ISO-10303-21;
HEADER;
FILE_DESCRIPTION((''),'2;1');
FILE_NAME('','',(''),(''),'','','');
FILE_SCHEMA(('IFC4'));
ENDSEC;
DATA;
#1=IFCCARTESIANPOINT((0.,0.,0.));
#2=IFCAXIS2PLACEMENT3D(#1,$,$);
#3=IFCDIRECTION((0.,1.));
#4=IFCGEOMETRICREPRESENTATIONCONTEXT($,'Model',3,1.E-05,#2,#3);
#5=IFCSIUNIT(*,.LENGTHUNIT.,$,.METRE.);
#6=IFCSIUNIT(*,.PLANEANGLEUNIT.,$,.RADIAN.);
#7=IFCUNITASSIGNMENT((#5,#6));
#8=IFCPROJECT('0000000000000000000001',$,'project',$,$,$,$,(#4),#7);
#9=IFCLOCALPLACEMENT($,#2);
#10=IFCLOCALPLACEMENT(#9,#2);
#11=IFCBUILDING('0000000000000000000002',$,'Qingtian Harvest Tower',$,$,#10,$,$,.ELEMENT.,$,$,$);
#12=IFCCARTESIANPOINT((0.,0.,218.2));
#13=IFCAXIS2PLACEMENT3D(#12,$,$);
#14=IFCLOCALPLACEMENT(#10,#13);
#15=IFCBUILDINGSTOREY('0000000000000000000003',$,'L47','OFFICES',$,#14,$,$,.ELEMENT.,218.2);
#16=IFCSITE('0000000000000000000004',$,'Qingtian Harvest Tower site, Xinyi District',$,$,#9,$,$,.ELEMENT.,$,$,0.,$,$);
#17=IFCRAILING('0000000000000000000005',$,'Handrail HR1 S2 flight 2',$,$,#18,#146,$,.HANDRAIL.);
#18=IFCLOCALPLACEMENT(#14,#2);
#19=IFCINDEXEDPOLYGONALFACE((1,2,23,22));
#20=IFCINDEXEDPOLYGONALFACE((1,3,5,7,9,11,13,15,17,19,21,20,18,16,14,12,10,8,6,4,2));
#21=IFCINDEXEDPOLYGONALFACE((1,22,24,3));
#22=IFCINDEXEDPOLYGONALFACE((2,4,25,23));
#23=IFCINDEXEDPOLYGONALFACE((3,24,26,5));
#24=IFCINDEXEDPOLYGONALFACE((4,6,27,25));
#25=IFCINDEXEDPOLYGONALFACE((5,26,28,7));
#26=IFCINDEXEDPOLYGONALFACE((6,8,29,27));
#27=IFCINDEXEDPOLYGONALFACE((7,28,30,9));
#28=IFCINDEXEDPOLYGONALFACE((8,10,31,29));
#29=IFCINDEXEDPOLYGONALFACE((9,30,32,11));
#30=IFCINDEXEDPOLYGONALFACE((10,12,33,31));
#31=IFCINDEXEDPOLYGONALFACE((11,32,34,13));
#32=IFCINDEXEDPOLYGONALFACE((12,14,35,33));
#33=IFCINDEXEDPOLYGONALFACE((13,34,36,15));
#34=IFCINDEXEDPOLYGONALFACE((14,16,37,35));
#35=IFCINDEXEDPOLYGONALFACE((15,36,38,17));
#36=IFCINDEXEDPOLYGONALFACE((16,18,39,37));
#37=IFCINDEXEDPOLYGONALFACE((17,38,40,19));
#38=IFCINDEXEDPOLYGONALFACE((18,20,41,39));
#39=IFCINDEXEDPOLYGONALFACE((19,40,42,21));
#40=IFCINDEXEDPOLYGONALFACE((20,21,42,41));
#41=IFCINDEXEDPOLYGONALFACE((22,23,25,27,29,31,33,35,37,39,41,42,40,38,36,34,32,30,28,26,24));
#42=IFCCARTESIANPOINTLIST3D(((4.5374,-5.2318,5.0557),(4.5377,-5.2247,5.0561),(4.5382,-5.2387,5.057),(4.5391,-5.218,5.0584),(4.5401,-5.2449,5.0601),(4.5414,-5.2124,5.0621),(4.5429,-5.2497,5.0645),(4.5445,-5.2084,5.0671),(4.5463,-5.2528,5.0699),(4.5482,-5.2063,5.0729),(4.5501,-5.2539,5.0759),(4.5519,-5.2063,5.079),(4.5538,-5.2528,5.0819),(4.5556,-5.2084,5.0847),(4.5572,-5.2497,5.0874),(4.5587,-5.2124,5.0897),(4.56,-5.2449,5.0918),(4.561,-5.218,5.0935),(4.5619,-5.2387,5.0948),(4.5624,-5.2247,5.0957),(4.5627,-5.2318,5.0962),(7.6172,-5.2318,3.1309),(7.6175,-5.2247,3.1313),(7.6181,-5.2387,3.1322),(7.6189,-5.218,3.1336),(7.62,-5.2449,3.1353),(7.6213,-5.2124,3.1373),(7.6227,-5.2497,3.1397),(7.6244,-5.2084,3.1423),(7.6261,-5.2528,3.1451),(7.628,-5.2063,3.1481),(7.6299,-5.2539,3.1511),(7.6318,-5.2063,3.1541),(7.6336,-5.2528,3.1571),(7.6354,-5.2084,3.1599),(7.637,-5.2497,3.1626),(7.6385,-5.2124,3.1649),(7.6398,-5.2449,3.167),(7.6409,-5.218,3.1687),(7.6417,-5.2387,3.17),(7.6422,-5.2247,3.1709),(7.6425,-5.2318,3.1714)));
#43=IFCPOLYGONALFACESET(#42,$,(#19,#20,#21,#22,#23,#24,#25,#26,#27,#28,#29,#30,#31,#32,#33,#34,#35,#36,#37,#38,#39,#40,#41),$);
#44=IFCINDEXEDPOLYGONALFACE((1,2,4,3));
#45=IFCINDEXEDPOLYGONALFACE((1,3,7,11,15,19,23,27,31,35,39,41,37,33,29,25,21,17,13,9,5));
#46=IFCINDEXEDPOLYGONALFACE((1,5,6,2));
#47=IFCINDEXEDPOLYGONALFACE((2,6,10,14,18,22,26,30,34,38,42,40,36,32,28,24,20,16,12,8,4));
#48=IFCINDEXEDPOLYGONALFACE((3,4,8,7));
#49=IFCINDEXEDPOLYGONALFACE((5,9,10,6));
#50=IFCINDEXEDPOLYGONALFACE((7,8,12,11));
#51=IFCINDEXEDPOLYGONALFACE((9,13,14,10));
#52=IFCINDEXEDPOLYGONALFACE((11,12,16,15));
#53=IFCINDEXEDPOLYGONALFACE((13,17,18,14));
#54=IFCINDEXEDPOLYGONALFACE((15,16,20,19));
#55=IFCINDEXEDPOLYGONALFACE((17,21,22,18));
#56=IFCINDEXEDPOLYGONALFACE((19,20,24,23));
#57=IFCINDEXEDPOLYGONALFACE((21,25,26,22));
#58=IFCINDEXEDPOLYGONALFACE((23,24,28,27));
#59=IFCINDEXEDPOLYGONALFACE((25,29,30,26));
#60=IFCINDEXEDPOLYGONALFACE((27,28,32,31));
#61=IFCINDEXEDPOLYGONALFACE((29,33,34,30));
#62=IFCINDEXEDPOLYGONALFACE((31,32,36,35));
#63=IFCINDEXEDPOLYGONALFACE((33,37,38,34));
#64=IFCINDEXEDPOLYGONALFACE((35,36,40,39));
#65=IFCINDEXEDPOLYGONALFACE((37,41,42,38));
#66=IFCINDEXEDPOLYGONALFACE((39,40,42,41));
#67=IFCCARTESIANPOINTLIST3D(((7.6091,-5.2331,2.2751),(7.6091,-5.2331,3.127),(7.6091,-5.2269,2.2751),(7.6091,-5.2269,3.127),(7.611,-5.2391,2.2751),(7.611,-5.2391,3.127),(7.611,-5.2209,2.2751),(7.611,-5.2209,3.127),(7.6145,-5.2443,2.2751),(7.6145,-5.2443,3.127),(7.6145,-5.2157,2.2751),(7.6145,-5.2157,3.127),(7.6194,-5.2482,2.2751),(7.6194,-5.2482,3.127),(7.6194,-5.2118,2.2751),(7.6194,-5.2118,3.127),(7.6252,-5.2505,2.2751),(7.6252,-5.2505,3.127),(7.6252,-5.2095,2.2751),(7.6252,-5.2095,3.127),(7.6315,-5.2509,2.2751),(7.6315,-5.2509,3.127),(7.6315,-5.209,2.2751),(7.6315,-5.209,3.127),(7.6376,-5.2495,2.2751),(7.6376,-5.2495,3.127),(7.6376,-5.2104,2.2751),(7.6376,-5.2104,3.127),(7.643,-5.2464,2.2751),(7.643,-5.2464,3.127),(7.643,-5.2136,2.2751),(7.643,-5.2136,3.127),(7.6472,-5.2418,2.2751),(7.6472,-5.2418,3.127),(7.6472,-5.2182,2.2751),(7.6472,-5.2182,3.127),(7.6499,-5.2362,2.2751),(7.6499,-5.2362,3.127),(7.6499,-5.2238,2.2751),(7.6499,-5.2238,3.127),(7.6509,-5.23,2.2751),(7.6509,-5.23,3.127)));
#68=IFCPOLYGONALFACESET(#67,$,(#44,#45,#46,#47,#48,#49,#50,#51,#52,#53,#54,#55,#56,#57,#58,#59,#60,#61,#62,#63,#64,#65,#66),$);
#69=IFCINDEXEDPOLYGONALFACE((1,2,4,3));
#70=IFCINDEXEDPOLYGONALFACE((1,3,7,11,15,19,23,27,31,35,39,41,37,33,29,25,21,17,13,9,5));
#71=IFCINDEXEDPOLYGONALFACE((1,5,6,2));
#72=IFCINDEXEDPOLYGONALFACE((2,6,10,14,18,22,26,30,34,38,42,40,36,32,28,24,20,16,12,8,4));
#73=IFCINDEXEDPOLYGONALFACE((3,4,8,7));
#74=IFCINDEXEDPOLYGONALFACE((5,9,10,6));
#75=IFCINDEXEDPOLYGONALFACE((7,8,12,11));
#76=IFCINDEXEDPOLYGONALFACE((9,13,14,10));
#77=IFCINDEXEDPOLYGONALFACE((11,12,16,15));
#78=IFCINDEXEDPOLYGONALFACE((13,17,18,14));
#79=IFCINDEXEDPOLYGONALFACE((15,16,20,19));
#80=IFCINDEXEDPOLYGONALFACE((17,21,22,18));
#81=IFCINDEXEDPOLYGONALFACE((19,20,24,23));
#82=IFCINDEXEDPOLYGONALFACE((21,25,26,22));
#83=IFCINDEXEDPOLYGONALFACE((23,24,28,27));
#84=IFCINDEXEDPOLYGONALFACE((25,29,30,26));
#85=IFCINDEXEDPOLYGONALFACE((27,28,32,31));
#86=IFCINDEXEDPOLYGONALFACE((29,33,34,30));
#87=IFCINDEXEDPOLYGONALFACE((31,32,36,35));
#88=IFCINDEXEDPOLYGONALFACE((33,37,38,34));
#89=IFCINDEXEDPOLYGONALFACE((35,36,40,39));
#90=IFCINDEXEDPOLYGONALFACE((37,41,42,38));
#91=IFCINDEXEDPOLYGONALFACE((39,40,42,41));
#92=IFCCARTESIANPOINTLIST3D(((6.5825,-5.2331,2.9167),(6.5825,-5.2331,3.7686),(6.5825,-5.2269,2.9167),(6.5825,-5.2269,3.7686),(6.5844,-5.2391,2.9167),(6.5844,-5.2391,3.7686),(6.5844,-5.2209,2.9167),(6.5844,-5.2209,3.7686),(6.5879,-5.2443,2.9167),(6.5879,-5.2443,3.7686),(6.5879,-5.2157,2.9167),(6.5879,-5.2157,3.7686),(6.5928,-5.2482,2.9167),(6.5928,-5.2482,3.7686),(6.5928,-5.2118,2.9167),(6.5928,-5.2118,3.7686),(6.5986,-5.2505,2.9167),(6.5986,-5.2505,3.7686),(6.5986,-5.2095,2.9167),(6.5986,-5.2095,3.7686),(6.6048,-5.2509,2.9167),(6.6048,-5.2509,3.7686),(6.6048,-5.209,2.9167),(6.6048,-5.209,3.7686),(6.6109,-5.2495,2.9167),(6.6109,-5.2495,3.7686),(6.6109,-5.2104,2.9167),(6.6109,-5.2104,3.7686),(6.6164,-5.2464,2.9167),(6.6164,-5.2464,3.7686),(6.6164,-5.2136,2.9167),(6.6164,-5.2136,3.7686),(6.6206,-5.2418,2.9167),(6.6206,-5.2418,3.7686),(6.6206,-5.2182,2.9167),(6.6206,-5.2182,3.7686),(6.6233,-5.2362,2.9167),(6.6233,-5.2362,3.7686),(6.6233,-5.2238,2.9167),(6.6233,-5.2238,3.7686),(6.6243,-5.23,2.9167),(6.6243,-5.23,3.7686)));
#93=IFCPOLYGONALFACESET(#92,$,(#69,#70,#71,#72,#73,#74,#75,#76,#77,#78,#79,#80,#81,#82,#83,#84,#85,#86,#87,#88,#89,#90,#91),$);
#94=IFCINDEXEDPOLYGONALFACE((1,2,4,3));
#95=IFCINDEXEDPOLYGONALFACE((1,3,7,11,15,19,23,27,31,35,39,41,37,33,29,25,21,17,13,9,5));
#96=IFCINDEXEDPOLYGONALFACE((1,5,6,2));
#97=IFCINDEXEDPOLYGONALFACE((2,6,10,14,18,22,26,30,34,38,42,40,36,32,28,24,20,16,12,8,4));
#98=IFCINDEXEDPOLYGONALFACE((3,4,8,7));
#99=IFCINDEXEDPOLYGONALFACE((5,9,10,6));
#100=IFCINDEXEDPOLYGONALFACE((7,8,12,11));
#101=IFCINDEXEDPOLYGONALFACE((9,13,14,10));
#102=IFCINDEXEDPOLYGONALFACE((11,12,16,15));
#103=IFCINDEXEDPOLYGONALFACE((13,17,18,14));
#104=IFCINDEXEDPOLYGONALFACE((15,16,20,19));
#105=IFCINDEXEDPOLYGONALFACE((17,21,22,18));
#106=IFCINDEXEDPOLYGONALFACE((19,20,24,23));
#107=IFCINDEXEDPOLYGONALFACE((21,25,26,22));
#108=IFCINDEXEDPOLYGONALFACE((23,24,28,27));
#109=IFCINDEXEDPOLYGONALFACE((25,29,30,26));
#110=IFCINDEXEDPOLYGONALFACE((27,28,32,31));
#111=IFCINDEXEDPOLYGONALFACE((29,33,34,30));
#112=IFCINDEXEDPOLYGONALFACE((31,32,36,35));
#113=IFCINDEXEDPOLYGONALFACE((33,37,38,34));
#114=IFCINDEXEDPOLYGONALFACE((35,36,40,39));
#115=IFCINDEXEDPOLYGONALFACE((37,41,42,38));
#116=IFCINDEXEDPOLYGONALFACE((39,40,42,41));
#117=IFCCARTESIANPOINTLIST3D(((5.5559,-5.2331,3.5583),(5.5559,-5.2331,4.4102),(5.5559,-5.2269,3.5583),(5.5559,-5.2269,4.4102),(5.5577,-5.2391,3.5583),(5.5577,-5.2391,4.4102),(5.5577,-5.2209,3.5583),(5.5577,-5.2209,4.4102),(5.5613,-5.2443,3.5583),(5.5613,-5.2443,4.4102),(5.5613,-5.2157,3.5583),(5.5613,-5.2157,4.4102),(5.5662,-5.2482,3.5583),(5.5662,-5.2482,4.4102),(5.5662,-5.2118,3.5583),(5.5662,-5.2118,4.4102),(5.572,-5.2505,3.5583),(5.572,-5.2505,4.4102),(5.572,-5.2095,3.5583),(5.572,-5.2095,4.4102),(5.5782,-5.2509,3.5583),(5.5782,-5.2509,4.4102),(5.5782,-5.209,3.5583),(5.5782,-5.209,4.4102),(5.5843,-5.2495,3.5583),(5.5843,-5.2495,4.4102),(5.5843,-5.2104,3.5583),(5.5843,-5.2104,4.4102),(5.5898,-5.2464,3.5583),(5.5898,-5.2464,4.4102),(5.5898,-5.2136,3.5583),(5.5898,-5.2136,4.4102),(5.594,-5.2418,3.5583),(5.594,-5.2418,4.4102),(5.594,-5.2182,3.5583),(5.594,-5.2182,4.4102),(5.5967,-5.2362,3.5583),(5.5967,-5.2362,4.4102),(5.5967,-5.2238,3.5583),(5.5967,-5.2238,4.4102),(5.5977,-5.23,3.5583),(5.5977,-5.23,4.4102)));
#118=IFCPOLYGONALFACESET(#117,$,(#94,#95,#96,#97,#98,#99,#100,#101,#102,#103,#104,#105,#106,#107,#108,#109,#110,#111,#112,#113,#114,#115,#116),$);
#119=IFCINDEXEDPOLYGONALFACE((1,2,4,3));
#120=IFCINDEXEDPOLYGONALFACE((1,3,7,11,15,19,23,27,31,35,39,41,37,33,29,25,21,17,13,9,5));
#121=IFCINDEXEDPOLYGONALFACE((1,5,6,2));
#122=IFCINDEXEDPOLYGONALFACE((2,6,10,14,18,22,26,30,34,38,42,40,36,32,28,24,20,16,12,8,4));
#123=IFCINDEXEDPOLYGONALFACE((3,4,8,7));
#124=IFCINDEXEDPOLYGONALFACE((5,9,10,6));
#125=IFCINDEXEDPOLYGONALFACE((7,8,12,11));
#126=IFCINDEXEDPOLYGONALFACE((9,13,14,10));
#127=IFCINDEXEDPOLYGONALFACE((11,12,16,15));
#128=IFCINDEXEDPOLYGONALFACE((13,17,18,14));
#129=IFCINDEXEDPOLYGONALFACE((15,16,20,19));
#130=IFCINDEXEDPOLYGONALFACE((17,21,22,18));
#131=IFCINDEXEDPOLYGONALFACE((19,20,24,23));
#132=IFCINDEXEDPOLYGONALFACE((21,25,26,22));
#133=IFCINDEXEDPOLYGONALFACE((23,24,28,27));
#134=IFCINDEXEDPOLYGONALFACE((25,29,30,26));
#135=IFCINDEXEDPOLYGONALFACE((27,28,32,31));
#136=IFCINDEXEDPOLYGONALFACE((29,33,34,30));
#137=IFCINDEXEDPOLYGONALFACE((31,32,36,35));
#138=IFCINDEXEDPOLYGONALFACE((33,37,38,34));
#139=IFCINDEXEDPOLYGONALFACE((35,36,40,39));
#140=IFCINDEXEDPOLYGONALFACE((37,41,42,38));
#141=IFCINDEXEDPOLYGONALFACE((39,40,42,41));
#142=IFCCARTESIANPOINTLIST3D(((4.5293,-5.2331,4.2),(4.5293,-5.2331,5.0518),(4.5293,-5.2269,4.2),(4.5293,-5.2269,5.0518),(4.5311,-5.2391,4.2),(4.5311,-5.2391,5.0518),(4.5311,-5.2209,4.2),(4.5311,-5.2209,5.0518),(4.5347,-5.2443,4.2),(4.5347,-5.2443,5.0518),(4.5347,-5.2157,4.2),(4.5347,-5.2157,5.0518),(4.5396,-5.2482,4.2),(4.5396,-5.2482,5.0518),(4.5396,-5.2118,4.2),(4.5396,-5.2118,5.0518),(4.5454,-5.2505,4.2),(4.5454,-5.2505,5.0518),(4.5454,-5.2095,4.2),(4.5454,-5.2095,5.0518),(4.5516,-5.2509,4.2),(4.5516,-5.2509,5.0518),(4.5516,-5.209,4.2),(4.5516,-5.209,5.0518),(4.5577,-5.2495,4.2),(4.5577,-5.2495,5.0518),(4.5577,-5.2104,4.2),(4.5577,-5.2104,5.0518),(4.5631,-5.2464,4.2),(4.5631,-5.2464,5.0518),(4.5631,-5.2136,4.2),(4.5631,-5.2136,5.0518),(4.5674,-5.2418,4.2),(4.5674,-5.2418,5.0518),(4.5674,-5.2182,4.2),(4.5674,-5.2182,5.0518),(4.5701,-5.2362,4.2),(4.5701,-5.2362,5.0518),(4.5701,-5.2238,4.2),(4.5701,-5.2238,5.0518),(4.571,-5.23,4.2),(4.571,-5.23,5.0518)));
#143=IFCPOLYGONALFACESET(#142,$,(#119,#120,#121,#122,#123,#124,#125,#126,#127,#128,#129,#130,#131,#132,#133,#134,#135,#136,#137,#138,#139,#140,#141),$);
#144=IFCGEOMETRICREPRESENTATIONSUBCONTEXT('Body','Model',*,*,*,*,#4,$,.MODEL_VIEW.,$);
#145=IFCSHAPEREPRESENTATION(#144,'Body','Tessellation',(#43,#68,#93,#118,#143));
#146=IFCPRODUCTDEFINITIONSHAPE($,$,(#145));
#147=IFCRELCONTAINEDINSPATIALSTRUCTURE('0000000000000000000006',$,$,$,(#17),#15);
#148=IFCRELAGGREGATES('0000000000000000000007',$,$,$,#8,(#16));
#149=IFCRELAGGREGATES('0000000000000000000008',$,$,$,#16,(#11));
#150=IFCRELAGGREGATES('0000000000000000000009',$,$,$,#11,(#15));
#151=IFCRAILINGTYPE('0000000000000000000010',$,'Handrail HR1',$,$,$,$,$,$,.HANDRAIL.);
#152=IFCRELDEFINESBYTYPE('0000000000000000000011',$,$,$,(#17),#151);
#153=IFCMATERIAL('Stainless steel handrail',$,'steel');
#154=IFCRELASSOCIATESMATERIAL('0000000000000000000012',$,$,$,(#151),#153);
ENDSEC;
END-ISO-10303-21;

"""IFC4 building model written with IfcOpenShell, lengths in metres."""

from ifc_helpers import new_model, si_unit, direction, frame, origin, origin_2d, place, context, subcontext, project, spatial, circle, extrude, material, type_object, element, save


model = new_model("IFC4")

# Units and contexts
model_context = context("Model", 3, precision=1e-05, world=origin(), true_north=direction((0.0, 1.0)))
body_context = subcontext(model_context, "Body", "Model", "MODEL_VIEW")
ifc_project = project(units=[si_unit("LENGTHUNIT", "METRE"), si_unit("PLANEANGLEUNIT", "RADIAN")], contexts=[model_context])

# Site, building, storey
site_placement = place(None, origin())
site = spatial("IfcSite", under=ifc_project, at=site_placement, Name="Qingtian Harvest Tower site, Xinyi District", CompositionType="ELEMENT", RefElevation=0.0)
building_placement = place(site_placement, origin())
building = spatial("IfcBuilding", under=site, at=building_placement, Name="Qingtian Harvest Tower", CompositionType="ELEMENT")
storey_placement = place(building_placement, frame((0.0, 0.0, 218.2)))
storey = spatial("IfcBuildingStorey", under=building, at=storey_placement, Name="L47", Description="OFFICES", CompositionType="ELEMENT", Elevation=218.2)

# Railing
ifc_material_1 = material(Name="Stainless steel handrail", Category="steel")
railing_type = type_object("IfcRailingType", Name="Handrail HR1", PredefinedType="HANDRAIL", material=ifc_material_1)
railing_1_placement = place(storey_placement, frame((7.6299, -5.23, 2.2751)))
element("IfcRailing", 1, at=railing_1_placement, inside=storey, type_object=railing_type, Name="Handrail HR1 S2 flight 2", PredefinedType="HANDRAIL", context=body_context, shape_type="SweptSolid", body=[
    extrude(circle(Radius=0.0239, at=origin_2d()), frame((0.0, 0.0, 0.876), z_axis=(-0.84801, 0.0, 0.529981), x_axis=(0.0, -1.0, 0.0)), (0.0, 0.0, 1.0), 3.6318),
    extrude(circle(Radius=0.021, at=origin_2d()), origin(), (0.0, 0.0, 1.0), 0.8518),
    extrude(circle(Radius=0.021, at=origin_2d()), frame((-1.0266, 0.0, 0.6416)), (0.0, 0.0, 1.0), 0.8518),
    extrude(circle(Radius=0.021, at=origin_2d()), frame((-2.0532, 0.0, 1.2832)), (0.0, 0.0, 1.0), 0.8518),
    extrude(circle(Radius=0.021, at=origin_2d()), frame((-3.0798, 0.0, 1.9248)), (0.0, 0.0, 1.0), 0.8518),
])

save(model, "model.ifc")
